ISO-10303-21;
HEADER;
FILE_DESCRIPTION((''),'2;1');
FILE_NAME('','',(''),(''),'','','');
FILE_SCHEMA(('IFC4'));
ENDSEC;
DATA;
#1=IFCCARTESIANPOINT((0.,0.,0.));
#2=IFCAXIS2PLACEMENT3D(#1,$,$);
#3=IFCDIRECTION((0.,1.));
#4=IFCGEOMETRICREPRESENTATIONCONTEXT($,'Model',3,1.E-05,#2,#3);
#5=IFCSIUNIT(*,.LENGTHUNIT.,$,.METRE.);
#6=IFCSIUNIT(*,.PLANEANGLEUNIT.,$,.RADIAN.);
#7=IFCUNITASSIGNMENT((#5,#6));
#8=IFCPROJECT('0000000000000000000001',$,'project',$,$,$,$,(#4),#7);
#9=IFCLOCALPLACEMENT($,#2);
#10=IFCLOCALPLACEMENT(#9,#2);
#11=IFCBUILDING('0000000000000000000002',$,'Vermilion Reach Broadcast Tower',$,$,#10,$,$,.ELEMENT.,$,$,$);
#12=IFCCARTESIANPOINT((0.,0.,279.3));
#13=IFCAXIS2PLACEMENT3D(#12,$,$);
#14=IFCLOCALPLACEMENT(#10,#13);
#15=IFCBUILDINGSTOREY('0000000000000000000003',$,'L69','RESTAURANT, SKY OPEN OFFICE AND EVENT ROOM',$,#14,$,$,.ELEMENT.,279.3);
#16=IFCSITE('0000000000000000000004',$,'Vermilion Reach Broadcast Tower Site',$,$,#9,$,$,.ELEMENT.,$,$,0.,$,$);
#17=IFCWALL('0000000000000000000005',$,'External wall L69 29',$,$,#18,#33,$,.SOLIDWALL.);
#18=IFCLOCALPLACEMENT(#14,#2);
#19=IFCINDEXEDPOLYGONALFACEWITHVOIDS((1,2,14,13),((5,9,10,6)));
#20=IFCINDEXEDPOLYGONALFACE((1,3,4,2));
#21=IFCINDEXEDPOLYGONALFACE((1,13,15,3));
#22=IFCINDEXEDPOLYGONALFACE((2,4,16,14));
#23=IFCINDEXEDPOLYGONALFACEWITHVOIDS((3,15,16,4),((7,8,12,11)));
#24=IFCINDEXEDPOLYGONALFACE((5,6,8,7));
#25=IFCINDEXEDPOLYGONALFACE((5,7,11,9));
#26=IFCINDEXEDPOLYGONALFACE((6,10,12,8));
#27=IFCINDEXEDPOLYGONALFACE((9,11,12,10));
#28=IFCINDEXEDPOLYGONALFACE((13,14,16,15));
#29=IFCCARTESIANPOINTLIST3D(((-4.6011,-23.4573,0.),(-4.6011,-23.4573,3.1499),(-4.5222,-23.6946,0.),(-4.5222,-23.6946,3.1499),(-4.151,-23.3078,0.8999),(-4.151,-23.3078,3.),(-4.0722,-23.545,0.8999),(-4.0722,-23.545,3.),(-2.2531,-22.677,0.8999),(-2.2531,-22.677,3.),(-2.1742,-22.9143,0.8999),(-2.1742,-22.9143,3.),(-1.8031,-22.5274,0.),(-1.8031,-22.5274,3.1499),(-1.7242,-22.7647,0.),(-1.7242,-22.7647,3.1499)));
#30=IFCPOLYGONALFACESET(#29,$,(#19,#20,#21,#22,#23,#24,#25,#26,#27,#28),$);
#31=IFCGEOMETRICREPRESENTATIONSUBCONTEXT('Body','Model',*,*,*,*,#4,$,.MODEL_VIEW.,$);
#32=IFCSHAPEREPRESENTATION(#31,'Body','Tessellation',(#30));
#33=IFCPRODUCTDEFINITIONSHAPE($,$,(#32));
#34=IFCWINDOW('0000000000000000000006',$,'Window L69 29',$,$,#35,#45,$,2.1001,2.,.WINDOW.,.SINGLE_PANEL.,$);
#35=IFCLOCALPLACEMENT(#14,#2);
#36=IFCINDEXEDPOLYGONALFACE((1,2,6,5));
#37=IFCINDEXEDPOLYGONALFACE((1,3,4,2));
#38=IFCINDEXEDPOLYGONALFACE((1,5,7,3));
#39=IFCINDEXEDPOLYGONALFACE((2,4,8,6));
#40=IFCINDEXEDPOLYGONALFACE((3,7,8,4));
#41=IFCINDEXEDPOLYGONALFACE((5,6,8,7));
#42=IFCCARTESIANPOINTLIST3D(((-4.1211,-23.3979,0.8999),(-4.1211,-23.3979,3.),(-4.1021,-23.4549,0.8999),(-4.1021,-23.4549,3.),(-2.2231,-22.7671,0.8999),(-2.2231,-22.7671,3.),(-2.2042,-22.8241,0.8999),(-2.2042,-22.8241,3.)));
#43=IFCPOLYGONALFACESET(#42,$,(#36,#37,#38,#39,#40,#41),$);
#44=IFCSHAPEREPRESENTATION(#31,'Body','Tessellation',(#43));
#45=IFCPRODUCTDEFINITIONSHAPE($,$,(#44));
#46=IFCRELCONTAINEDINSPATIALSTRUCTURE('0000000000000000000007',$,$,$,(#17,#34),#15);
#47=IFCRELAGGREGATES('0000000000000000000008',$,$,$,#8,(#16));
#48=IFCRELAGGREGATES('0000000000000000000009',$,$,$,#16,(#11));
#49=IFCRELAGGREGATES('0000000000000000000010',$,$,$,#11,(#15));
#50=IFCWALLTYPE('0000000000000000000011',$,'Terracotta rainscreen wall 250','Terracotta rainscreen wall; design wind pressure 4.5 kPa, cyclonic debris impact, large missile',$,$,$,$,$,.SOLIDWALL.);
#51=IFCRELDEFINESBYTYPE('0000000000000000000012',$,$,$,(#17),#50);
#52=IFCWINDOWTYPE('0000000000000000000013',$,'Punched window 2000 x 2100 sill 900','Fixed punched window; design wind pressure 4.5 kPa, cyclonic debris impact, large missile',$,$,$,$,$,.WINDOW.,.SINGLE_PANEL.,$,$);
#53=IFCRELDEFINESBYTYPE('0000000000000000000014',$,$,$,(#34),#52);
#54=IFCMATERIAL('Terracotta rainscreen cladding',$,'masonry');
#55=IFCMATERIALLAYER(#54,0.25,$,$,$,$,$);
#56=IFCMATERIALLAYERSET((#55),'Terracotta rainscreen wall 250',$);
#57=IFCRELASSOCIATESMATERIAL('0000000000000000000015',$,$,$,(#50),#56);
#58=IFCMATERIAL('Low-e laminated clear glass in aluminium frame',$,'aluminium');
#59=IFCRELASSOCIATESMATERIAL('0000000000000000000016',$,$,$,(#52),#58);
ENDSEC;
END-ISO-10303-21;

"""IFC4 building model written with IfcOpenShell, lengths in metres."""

from ifc_helpers import new_model, si_unit, direction, frame, frame_2d, origin, place, context, subcontext, project, spatial, rectangle, extrude, material, layer, layer_set, type_object, element, fill, save


model = new_model("IFC4")

# Units and contexts
model_context = context("Model", 3, precision=1e-05, world=origin(), true_north=direction((0.0, 1.0)))
body_context = subcontext(model_context, "Body", "Model", "MODEL_VIEW")
ifc_project = project(units=[si_unit("LENGTHUNIT", "METRE"), si_unit("PLANEANGLEUNIT", "RADIAN")], contexts=[model_context])

# Site, building, storey
site_placement = place(None, origin())
site = spatial("IfcSite", under=ifc_project, at=site_placement, Name="Vermilion Reach Broadcast Tower Site", CompositionType="ELEMENT", RefElevation=0.0)
building_placement = place(site_placement, origin())
building = spatial("IfcBuilding", under=site, at=building_placement, Name="Vermilion Reach Broadcast Tower", CompositionType="ELEMENT")
storey_placement = place(building_placement, frame((0.0, 0.0, 279.3)))
storey = spatial("IfcBuildingStorey", under=building, at=storey_placement, Name="L69", Description="RESTAURANT, SKY OPEN OFFICE AND EVENT ROOM", CompositionType="ELEMENT", Elevation=279.3)

# Shared definitions
ifc_material_1 = material(Name="Terracotta rainscreen cladding", Category="masonry")
ifc_layer_1 = layer(ifc_material_1, 0.25)
ifc_layer_set_1 = layer_set([ifc_layer_1], Name="Terracotta rainscreen wall 250")
wall_type_1 = type_object("IfcWallType", Name="Terracotta rainscreen wall 250", Description="Terracotta rainscreen wall; design wind pressure 4.5 kPa, cyclonic debris impact, large missile", PredefinedType="SOLIDWALL", material=ifc_layer_set_1)

# Wall, opening, window
ifc_material_2 = material(Name="Low-e laminated clear glass in aluminium frame", Category="aluminium")
window_type = type_object("IfcWindowType", Name="Punched window 2000 x 2100 sill 900", Description="Fixed punched window; design wind pressure 4.5 kPa, cyclonic debris impact, large missile", PartitioningType="SINGLE_PANEL", PredefinedType="WINDOW", material=ifc_material_2)
wall_1_placement = place(storey_placement, frame((-4.5615, -23.5759, 0.0), z_axis=(0.0, 0.0, 1.0), x_axis=(0.948964, 0.315383, 0.0)))
wall_1 = element("IfcWall", 1, at=wall_1_placement, inside=storey, type_object=wall_type_1, Name="External wall L69 29", PredefinedType="SOLIDWALL", context=body_context, shape_type="SweptSolid", body=[
    extrude(rectangle(XDim=2.9485, YDim=0.25, at=frame_2d((1.4741, 0.0))), origin(), (0.0, 0.0, 1.0), 3.1499),
])
opening_1_placement = place(wall_1_placement, frame((0.4741, 0.0, 0.8999)))
opening_1 = element("IfcOpeningElement", 2, at=opening_1_placement, cuts=wall_1, PredefinedType="OPENING", context=body_context, shape_type="SweptSolid", body=[
    extrude(rectangle(XDim=2.0, YDim=2.1001, at=frame_2d((1.0, 1.05))), frame((0.0, 0.135, 0.0), z_axis=(0.0, -1.0, 0.0), x_axis=(1.0, 0.0, 0.0)), (0.0, 0.0, 1.0), 0.27),
])
window_1_placement = place(opening_1_placement, origin())
window_1 = element("IfcWindow", 3, at=window_1_placement, inside=storey, type_object=window_type, Name="Window L69 29", OverallHeight=2.1001, OverallWidth=2.0, PartitioningType="SINGLE_PANEL", PredefinedType="WINDOW", context=body_context, shape_type="SweptSolid", body=[
    extrude(rectangle(XDim=2.0, YDim=2.1001, at=frame_2d((1.0, 1.05))), frame((0.0, 0.03, 0.0), z_axis=(0.0, -1.0, 0.0), x_axis=(1.0, 0.0, 0.0)), (0.0, 0.0, 1.0), 0.0601),
])
fill(opening_1, window_1)

save(model, "model.ifc")
